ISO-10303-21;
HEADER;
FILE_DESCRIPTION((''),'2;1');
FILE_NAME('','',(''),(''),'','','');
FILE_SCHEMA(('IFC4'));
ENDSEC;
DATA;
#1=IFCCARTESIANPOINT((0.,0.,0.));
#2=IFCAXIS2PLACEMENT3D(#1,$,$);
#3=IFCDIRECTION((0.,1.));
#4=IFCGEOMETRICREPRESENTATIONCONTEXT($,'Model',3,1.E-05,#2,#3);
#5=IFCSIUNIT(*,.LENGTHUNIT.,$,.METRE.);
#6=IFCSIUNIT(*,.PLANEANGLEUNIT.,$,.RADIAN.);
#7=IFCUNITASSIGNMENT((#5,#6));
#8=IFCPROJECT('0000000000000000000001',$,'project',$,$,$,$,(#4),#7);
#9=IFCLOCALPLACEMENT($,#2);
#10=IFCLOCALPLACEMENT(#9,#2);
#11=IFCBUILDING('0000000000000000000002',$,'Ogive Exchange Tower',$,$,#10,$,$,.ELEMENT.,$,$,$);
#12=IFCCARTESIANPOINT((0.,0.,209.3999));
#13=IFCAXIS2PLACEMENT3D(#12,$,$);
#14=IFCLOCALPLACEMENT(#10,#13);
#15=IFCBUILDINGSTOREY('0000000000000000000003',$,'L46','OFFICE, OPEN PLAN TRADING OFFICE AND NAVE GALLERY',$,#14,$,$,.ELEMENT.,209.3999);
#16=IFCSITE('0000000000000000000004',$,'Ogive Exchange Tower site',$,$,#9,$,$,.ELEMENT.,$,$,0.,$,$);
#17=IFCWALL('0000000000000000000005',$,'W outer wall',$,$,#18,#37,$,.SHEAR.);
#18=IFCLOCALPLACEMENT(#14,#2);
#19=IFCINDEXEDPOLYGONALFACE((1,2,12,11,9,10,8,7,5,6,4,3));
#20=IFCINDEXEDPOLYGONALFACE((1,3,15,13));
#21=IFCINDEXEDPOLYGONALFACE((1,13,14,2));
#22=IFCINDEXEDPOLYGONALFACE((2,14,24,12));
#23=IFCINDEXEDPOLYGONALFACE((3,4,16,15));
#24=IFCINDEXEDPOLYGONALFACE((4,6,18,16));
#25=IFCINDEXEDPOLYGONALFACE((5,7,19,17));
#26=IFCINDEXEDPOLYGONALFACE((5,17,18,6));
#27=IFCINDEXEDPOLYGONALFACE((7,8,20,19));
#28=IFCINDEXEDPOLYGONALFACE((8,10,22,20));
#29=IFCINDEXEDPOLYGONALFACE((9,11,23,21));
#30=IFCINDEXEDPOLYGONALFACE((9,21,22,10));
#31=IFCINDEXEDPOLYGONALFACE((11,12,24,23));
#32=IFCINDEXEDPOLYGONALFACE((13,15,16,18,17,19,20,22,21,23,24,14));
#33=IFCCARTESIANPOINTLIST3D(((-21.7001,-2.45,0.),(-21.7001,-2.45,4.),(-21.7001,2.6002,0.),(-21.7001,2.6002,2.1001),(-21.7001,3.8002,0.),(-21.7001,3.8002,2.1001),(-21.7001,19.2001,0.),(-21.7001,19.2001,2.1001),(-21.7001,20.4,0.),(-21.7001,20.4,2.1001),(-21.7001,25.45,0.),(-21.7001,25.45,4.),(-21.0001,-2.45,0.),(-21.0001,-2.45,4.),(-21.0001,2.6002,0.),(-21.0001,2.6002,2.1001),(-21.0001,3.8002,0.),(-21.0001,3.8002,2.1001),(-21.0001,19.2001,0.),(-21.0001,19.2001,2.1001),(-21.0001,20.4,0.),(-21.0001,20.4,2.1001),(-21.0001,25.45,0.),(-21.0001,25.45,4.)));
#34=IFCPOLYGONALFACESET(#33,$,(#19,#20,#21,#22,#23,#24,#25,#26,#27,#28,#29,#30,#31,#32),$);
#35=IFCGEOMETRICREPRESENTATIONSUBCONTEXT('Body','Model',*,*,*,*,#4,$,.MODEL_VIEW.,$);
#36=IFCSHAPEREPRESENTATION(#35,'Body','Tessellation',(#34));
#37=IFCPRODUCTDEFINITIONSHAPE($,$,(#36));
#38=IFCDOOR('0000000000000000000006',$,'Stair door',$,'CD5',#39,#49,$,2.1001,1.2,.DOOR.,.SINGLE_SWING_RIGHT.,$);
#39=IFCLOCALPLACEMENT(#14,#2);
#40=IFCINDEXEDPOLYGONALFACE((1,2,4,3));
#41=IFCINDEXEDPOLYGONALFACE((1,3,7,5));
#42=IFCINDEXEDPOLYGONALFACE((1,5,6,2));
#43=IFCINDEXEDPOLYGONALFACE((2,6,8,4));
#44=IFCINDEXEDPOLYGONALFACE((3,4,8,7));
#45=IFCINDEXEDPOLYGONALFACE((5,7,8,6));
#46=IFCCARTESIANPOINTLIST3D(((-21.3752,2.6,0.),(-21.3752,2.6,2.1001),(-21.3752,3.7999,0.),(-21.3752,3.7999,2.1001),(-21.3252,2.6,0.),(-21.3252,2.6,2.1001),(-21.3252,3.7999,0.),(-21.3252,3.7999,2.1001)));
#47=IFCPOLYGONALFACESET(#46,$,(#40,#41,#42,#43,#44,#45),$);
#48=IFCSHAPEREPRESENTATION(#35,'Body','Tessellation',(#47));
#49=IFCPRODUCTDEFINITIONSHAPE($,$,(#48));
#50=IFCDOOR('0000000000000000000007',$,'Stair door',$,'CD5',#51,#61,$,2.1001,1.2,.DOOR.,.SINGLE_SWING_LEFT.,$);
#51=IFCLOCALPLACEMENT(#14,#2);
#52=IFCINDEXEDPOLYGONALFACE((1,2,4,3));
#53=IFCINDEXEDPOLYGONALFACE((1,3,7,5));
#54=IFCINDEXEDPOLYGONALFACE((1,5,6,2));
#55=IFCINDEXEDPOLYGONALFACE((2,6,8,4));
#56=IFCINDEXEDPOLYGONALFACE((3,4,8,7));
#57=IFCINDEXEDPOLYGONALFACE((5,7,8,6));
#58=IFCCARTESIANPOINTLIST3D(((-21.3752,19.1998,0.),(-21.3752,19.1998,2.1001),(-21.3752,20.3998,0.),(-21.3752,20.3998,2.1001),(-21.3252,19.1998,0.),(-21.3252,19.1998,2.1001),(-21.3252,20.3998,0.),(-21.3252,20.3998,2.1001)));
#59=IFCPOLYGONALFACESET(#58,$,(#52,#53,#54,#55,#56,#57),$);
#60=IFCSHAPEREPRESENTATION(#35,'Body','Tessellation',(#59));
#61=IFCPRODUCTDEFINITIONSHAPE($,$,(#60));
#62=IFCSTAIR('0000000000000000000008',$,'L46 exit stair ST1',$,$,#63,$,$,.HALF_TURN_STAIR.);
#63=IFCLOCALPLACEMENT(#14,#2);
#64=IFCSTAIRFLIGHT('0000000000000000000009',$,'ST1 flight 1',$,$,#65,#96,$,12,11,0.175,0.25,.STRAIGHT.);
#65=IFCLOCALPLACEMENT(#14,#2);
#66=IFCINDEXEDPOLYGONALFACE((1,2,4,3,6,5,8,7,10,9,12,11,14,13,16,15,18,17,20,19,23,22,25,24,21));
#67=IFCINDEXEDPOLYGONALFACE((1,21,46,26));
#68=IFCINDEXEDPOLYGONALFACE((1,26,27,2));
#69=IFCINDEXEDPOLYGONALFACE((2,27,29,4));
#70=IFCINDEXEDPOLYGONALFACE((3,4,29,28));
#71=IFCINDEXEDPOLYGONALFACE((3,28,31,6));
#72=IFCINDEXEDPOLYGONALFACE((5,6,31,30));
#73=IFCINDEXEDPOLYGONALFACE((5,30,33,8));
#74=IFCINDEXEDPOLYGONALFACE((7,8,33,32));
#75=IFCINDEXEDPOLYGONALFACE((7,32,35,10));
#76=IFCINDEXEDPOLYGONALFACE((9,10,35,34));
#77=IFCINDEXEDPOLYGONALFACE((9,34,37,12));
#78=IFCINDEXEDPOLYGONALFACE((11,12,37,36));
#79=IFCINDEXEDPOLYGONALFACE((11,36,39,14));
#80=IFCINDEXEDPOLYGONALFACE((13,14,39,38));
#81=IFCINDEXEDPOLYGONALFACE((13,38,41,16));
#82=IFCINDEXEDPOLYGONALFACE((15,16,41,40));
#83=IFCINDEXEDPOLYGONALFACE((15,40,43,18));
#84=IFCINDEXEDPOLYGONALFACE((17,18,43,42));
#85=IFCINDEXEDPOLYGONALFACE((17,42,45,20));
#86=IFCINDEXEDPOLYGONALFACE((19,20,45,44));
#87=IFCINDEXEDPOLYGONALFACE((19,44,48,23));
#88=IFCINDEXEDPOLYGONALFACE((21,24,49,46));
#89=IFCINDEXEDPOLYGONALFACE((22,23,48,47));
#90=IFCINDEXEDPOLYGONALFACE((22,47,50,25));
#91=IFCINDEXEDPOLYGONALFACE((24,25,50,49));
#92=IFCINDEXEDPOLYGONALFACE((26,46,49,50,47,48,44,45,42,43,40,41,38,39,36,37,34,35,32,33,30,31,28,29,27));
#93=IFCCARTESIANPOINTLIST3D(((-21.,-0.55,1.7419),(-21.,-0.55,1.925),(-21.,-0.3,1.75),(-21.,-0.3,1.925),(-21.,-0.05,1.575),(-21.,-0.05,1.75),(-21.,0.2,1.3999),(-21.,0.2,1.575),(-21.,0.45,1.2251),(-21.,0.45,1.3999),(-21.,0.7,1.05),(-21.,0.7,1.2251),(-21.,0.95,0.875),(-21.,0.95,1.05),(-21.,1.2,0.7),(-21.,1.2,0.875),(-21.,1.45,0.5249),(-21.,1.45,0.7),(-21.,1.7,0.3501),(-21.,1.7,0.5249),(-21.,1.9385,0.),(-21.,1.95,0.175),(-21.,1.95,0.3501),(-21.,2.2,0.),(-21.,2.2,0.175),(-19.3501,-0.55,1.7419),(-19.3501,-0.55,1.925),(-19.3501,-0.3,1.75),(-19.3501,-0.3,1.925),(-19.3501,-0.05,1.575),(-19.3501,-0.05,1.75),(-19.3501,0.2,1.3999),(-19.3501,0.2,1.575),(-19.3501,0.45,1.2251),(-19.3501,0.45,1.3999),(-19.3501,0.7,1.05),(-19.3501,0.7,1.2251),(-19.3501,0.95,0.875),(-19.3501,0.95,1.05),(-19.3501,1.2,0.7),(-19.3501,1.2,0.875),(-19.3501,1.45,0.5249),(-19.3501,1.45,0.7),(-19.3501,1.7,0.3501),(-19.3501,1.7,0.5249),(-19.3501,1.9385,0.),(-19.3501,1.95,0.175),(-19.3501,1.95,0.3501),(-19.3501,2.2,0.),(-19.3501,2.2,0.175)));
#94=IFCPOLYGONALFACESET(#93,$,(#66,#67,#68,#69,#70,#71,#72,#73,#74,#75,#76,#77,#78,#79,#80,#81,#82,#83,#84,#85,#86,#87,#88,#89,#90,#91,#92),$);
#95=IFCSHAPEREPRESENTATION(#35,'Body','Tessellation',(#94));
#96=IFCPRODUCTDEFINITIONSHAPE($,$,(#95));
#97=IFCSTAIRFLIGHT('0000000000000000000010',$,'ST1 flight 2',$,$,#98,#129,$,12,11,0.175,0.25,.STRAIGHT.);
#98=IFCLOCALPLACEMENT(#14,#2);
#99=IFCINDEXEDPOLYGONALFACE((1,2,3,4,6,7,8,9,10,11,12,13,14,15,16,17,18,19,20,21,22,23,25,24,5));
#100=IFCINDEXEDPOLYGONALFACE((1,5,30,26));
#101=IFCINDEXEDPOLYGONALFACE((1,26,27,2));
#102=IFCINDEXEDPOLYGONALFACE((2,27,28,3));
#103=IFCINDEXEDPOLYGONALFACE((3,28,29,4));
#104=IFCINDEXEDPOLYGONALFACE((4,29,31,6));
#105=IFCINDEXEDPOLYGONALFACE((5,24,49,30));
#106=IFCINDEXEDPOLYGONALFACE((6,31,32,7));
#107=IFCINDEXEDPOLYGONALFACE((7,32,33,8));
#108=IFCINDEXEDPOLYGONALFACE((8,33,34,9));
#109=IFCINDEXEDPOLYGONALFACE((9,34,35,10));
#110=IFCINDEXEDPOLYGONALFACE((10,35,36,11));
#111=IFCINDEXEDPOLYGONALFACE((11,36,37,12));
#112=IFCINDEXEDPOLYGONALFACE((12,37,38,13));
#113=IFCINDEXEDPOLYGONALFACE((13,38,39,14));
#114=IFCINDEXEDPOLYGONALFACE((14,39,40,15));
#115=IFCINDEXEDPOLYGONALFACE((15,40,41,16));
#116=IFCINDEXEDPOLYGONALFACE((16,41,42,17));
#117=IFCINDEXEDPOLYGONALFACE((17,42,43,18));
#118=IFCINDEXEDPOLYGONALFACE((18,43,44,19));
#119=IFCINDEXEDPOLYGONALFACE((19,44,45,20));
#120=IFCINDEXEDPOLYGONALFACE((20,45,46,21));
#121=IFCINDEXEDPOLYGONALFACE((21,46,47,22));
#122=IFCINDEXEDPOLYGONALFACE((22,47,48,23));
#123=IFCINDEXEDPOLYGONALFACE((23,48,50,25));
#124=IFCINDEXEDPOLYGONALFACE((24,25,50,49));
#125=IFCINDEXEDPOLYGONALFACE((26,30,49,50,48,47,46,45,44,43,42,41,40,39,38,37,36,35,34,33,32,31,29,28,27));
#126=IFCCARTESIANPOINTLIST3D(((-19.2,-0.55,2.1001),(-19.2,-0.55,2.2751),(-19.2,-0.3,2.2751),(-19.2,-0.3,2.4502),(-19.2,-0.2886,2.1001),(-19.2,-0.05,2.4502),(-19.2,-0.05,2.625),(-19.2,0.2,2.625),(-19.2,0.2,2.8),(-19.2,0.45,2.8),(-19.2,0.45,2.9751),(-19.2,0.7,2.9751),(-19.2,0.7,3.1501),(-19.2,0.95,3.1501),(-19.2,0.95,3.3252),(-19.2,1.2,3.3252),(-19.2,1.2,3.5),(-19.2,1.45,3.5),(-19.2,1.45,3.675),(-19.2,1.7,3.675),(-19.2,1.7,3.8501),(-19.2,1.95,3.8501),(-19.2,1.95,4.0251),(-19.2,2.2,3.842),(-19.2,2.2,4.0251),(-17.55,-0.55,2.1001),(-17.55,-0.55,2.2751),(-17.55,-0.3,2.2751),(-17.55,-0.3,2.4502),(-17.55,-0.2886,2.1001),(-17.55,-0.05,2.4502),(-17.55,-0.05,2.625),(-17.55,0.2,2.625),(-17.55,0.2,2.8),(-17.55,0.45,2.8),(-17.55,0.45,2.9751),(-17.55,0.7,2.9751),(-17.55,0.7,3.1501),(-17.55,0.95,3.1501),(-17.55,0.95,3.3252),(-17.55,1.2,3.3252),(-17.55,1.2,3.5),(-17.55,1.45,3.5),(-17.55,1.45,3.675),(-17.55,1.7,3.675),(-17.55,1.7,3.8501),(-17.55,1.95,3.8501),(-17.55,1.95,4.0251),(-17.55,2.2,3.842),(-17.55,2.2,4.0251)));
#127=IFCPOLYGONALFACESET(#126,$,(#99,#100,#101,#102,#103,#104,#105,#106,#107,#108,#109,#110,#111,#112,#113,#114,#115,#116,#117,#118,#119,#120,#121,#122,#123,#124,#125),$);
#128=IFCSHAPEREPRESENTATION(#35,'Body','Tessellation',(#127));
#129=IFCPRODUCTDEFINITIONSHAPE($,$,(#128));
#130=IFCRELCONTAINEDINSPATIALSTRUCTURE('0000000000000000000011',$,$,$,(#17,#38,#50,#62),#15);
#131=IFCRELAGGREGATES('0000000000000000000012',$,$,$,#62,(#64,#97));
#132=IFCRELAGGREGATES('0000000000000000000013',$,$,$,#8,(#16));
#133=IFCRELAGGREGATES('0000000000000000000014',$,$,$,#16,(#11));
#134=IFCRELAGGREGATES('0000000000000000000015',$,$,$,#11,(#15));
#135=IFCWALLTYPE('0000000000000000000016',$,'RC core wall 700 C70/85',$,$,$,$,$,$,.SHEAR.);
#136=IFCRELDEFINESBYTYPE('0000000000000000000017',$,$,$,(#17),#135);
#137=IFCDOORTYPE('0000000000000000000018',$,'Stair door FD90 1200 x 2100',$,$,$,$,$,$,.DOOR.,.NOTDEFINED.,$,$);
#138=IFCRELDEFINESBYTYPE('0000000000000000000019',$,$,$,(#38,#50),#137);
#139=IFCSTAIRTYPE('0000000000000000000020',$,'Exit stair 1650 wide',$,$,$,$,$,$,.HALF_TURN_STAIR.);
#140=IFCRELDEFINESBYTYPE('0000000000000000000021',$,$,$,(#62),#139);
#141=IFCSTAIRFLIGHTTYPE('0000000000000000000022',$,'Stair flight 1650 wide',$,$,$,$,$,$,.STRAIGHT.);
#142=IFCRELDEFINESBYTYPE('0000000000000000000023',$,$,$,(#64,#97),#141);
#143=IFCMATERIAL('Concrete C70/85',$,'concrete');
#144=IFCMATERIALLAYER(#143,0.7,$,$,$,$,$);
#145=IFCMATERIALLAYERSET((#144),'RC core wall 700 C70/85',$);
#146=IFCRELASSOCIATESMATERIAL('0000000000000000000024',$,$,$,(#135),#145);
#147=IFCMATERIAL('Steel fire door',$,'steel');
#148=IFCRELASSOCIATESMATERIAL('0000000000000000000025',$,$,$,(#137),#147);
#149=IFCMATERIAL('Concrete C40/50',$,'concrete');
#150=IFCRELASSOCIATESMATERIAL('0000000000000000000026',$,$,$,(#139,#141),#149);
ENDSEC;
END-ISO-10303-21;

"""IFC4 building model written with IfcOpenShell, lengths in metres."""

from ifc_helpers import new_model, si_unit, direction, frame, frame_2d, origin, place, context, subcontext, project, spatial, polyline, rectangle, outline, extrude, material, layer, layer_set, type_object, element, fill, aggregate, save


model = new_model("IFC4")

# Units and contexts
model_context = context("Model", 3, precision=1e-05, world=origin(), true_north=direction((0.0, 1.0)))
body_context = subcontext(model_context, "Body", "Model", "MODEL_VIEW")
ifc_project = project(units=[si_unit("LENGTHUNIT", "METRE"), si_unit("PLANEANGLEUNIT", "RADIAN")], contexts=[model_context])

# Site, building, storey
site_placement = place(None, origin())
site = spatial("IfcSite", under=ifc_project, at=site_placement, Name="Ogive Exchange Tower site", CompositionType="ELEMENT", RefElevation=0.0)
building_placement = place(site_placement, origin())
building = spatial("IfcBuilding", under=site, at=building_placement, Name="Ogive Exchange Tower", CompositionType="ELEMENT")
storey_placement = place(building_placement, frame((0.0, 0.0, 209.3999)))
storey = spatial("IfcBuildingStorey", under=building, at=storey_placement, Name="L46", Description="OFFICE, OPEN PLAN TRADING OFFICE AND NAVE GALLERY", CompositionType="ELEMENT", Elevation=209.3999)

# Shared definitions
ifc_material_1 = material(Name="Concrete C70/85", Category="concrete")
ifc_material_2 = material(Name="Steel fire door", Category="steel")

# Wall, openings, doors
ifc_layer_1 = layer(ifc_material_1, 0.7)
ifc_layer_set_1 = layer_set([ifc_layer_1], Name="RC core wall 700 C70/85")
wall_type_1 = type_object("IfcWallType", Name="RC core wall 700 C70/85", PredefinedType="SHEAR", material=ifc_layer_set_1)
wall_1_placement = place(storey_placement, frame((-21.3501, -2.45, 0.0), z_axis=(0.0, 0.0, 1.0), x_axis=(0.0, 1.0, 0.0)))
wall_1 = element("IfcWall", 1, at=wall_1_placement, inside=storey, type_object=wall_type_1, Name="W outer wall", PredefinedType="SHEAR", context=body_context, shape_type="SweptSolid", body=[
    extrude(rectangle(XDim=27.8999, YDim=0.7, at=frame_2d((13.95, 0.0))), origin(), (0.0, 0.0, 1.0), 4.0),
])
opening_1_placement = place(wall_1_placement, frame((5.05, 0.0, 0.0)))
opening_1 = element("IfcOpeningElement", 2, at=opening_1_placement, cuts=wall_1, PredefinedType="OPENING", context=body_context, shape_type="SweptSolid", body=[
    extrude(rectangle(XDim=1.2, YDim=2.1001, at=frame_2d((0.6001, 1.05))), frame((0.0, 0.3599, 0.0), z_axis=(0.0, -1.0, 0.0), x_axis=(1.0, 0.0, 0.0)), (0.0, 0.0, 1.0), 0.72),
])
opening_2_placement = place(wall_1_placement, frame((21.6499, 0.0, 0.0)))
opening_2 = element("IfcOpeningElement", 3, at=opening_2_placement, cuts=wall_1, PredefinedType="OPENING", context=body_context, shape_type="SweptSolid", body=[
    extrude(rectangle(XDim=1.2, YDim=2.1001, at=frame_2d((0.6001, 1.05))), frame((0.0, 0.3599, 0.0), z_axis=(0.0, -1.0, 0.0), x_axis=(1.0, 0.0, 0.0)), (0.0, 0.0, 1.0), 0.72),
])
door_type_1 = type_object("IfcDoorType", Name="Stair door FD90 1200 x 2100", OperationType="NOTDEFINED", PredefinedType="DOOR", material=ifc_material_2)
door_1_placement = place(opening_1_placement, frame((1.2, 0.0, 0.0), z_axis=(0.0, 0.0, 1.0), x_axis=(-1.0, 0.0, 0.0)))
door_1 = element("IfcDoor", 4, at=door_1_placement, inside=storey, type_object=door_type_1, Name="Stair door", ObjectType="CD5", OperationType="SINGLE_SWING_RIGHT", OverallHeight=2.1001, OverallWidth=1.2, PredefinedType="DOOR", context=body_context, shape_type="SweptSolid", body=[
    extrude(rectangle(XDim=1.2, YDim=2.1001, at=frame_2d((0.6001, 1.05))), frame((0.0, 0.0249, 0.0), z_axis=(0.0, -1.0, 0.0), x_axis=(1.0, 0.0, 0.0)), (0.0, 0.0, 1.0), 0.05),
])
fill(opening_1, door_1)
door_2_placement = place(opening_2_placement, frame((1.2, 0.0, 0.0), z_axis=(0.0, 0.0, 1.0), x_axis=(-1.0, 0.0, 0.0)))
door_2 = element("IfcDoor", 5, at=door_2_placement, inside=storey, type_object=door_type_1, Name="Stair door", ObjectType="CD5", OperationType="SINGLE_SWING_LEFT", OverallHeight=2.1001, OverallWidth=1.2, PredefinedType="DOOR", context=body_context, shape_type="SweptSolid", body=[
    extrude(rectangle(XDim=1.2, YDim=2.1001, at=frame_2d((0.6001, 1.05))), frame((0.0, 0.0249, 0.0), z_axis=(0.0, -1.0, 0.0), x_axis=(1.0, 0.0, 0.0)), (0.0, 0.0, 1.0), 0.05),
])
fill(opening_2, door_2)

# Stair, stair flights
ifc_material_3 = material(Name="Concrete C40/50", Category="concrete")
stair_type = type_object("IfcStairType", Name="Exit stair 1650 wide", PredefinedType="HALF_TURN_STAIR", material=ifc_material_3)
stair_placement = place(storey_placement, origin())
stair = element("IfcStair", 6, at=stair_placement, inside=storey, type_object=stair_type, Name="L46 exit stair ST1", PredefinedType="HALF_TURN_STAIR")
stair_flight_type = type_object("IfcStairFlightType", Name="Stair flight 1650 wide", PredefinedType="STRAIGHT", material=ifc_material_3)
stair_flight_1_placement = place(storey_placement, frame((-20.175, 2.2, 0.0), z_axis=(0.0, 0.0, 1.0), x_axis=(0.0, -1.0, 0.0)))
stair_flight_1 = element("IfcStairFlight", 7, at=stair_flight_1_placement, type_object=stair_flight_type, Name="ST1 flight 1", NumberOfRisers=12, NumberOfTreads=11, PredefinedType="STRAIGHT", RiserHeight=0.175, TreadLength=0.25, context=body_context, shape_type="SweptSolid", body=[
    extrude(outline(polyline([(0.0, 0.0), (0.0, 0.175), (0.25, 0.175), (0.25, 0.3501), (0.5, 0.3501), (0.5, 0.5249), (0.75, 0.5249), (0.75, 0.7), (1.0, 0.7), (1.0, 0.875), (1.25, 0.875), (1.25, 1.05), (1.5, 1.05), (1.5, 1.2251), (1.75, 1.2251), (1.75, 1.3999), (2.0, 1.3999), (2.0, 1.575), (2.25, 1.575), (2.25, 1.75), (2.5, 1.75), (2.5, 1.925), (2.75, 1.925), (2.75, 2.1001), (2.75, 1.7419), (0.2615, 0.0), (0.0, 0.0)])), frame((0.0, 0.825, 0.0), z_axis=(0.0, -1.0, 0.0), x_axis=(1.0, 0.0, 0.0)), (0.0, 0.0, 1.0), 1.6499),
])
stair_flight_2_placement = place(storey_placement, frame((-18.375, -0.55, 2.1001), z_axis=(0.0, 0.0, 1.0), x_axis=(0.0, 1.0, 0.0)))
stair_flight_2 = element("IfcStairFlight", 8, at=stair_flight_2_placement, type_object=stair_flight_type, Name="ST1 flight 2", NumberOfRisers=12, NumberOfTreads=11, PredefinedType="STRAIGHT", RiserHeight=0.175, TreadLength=0.25, context=body_context, shape_type="SweptSolid", body=[
    extrude(outline(polyline([(0.0, 0.0), (0.0, 0.175), (0.25, 0.175), (0.25, 0.3501), (0.5, 0.3501), (0.5, 0.5249), (0.75, 0.5249), (0.75, 0.7), (1.0, 0.7), (1.0, 0.875), (1.25, 0.875), (1.25, 1.05), (1.5, 1.05), (1.5, 1.2251), (1.75, 1.2251), (1.75, 1.3999), (2.0, 1.3999), (2.0, 1.575), (2.25, 1.575), (2.25, 1.75), (2.5, 1.75), (2.5, 1.925), (2.75, 1.925), (2.75, 2.1001), (2.75, 1.7419), (0.2615, 0.0), (0.0, 0.0)])), frame((0.0, 0.825, 0.0), z_axis=(0.0, -1.0, 0.0), x_axis=(1.0, 0.0, 0.0)), (0.0, 0.0, 1.0), 1.6499),
])
aggregate(stair, [stair_flight_1, stair_flight_2])

save(model, "model.ifc")
